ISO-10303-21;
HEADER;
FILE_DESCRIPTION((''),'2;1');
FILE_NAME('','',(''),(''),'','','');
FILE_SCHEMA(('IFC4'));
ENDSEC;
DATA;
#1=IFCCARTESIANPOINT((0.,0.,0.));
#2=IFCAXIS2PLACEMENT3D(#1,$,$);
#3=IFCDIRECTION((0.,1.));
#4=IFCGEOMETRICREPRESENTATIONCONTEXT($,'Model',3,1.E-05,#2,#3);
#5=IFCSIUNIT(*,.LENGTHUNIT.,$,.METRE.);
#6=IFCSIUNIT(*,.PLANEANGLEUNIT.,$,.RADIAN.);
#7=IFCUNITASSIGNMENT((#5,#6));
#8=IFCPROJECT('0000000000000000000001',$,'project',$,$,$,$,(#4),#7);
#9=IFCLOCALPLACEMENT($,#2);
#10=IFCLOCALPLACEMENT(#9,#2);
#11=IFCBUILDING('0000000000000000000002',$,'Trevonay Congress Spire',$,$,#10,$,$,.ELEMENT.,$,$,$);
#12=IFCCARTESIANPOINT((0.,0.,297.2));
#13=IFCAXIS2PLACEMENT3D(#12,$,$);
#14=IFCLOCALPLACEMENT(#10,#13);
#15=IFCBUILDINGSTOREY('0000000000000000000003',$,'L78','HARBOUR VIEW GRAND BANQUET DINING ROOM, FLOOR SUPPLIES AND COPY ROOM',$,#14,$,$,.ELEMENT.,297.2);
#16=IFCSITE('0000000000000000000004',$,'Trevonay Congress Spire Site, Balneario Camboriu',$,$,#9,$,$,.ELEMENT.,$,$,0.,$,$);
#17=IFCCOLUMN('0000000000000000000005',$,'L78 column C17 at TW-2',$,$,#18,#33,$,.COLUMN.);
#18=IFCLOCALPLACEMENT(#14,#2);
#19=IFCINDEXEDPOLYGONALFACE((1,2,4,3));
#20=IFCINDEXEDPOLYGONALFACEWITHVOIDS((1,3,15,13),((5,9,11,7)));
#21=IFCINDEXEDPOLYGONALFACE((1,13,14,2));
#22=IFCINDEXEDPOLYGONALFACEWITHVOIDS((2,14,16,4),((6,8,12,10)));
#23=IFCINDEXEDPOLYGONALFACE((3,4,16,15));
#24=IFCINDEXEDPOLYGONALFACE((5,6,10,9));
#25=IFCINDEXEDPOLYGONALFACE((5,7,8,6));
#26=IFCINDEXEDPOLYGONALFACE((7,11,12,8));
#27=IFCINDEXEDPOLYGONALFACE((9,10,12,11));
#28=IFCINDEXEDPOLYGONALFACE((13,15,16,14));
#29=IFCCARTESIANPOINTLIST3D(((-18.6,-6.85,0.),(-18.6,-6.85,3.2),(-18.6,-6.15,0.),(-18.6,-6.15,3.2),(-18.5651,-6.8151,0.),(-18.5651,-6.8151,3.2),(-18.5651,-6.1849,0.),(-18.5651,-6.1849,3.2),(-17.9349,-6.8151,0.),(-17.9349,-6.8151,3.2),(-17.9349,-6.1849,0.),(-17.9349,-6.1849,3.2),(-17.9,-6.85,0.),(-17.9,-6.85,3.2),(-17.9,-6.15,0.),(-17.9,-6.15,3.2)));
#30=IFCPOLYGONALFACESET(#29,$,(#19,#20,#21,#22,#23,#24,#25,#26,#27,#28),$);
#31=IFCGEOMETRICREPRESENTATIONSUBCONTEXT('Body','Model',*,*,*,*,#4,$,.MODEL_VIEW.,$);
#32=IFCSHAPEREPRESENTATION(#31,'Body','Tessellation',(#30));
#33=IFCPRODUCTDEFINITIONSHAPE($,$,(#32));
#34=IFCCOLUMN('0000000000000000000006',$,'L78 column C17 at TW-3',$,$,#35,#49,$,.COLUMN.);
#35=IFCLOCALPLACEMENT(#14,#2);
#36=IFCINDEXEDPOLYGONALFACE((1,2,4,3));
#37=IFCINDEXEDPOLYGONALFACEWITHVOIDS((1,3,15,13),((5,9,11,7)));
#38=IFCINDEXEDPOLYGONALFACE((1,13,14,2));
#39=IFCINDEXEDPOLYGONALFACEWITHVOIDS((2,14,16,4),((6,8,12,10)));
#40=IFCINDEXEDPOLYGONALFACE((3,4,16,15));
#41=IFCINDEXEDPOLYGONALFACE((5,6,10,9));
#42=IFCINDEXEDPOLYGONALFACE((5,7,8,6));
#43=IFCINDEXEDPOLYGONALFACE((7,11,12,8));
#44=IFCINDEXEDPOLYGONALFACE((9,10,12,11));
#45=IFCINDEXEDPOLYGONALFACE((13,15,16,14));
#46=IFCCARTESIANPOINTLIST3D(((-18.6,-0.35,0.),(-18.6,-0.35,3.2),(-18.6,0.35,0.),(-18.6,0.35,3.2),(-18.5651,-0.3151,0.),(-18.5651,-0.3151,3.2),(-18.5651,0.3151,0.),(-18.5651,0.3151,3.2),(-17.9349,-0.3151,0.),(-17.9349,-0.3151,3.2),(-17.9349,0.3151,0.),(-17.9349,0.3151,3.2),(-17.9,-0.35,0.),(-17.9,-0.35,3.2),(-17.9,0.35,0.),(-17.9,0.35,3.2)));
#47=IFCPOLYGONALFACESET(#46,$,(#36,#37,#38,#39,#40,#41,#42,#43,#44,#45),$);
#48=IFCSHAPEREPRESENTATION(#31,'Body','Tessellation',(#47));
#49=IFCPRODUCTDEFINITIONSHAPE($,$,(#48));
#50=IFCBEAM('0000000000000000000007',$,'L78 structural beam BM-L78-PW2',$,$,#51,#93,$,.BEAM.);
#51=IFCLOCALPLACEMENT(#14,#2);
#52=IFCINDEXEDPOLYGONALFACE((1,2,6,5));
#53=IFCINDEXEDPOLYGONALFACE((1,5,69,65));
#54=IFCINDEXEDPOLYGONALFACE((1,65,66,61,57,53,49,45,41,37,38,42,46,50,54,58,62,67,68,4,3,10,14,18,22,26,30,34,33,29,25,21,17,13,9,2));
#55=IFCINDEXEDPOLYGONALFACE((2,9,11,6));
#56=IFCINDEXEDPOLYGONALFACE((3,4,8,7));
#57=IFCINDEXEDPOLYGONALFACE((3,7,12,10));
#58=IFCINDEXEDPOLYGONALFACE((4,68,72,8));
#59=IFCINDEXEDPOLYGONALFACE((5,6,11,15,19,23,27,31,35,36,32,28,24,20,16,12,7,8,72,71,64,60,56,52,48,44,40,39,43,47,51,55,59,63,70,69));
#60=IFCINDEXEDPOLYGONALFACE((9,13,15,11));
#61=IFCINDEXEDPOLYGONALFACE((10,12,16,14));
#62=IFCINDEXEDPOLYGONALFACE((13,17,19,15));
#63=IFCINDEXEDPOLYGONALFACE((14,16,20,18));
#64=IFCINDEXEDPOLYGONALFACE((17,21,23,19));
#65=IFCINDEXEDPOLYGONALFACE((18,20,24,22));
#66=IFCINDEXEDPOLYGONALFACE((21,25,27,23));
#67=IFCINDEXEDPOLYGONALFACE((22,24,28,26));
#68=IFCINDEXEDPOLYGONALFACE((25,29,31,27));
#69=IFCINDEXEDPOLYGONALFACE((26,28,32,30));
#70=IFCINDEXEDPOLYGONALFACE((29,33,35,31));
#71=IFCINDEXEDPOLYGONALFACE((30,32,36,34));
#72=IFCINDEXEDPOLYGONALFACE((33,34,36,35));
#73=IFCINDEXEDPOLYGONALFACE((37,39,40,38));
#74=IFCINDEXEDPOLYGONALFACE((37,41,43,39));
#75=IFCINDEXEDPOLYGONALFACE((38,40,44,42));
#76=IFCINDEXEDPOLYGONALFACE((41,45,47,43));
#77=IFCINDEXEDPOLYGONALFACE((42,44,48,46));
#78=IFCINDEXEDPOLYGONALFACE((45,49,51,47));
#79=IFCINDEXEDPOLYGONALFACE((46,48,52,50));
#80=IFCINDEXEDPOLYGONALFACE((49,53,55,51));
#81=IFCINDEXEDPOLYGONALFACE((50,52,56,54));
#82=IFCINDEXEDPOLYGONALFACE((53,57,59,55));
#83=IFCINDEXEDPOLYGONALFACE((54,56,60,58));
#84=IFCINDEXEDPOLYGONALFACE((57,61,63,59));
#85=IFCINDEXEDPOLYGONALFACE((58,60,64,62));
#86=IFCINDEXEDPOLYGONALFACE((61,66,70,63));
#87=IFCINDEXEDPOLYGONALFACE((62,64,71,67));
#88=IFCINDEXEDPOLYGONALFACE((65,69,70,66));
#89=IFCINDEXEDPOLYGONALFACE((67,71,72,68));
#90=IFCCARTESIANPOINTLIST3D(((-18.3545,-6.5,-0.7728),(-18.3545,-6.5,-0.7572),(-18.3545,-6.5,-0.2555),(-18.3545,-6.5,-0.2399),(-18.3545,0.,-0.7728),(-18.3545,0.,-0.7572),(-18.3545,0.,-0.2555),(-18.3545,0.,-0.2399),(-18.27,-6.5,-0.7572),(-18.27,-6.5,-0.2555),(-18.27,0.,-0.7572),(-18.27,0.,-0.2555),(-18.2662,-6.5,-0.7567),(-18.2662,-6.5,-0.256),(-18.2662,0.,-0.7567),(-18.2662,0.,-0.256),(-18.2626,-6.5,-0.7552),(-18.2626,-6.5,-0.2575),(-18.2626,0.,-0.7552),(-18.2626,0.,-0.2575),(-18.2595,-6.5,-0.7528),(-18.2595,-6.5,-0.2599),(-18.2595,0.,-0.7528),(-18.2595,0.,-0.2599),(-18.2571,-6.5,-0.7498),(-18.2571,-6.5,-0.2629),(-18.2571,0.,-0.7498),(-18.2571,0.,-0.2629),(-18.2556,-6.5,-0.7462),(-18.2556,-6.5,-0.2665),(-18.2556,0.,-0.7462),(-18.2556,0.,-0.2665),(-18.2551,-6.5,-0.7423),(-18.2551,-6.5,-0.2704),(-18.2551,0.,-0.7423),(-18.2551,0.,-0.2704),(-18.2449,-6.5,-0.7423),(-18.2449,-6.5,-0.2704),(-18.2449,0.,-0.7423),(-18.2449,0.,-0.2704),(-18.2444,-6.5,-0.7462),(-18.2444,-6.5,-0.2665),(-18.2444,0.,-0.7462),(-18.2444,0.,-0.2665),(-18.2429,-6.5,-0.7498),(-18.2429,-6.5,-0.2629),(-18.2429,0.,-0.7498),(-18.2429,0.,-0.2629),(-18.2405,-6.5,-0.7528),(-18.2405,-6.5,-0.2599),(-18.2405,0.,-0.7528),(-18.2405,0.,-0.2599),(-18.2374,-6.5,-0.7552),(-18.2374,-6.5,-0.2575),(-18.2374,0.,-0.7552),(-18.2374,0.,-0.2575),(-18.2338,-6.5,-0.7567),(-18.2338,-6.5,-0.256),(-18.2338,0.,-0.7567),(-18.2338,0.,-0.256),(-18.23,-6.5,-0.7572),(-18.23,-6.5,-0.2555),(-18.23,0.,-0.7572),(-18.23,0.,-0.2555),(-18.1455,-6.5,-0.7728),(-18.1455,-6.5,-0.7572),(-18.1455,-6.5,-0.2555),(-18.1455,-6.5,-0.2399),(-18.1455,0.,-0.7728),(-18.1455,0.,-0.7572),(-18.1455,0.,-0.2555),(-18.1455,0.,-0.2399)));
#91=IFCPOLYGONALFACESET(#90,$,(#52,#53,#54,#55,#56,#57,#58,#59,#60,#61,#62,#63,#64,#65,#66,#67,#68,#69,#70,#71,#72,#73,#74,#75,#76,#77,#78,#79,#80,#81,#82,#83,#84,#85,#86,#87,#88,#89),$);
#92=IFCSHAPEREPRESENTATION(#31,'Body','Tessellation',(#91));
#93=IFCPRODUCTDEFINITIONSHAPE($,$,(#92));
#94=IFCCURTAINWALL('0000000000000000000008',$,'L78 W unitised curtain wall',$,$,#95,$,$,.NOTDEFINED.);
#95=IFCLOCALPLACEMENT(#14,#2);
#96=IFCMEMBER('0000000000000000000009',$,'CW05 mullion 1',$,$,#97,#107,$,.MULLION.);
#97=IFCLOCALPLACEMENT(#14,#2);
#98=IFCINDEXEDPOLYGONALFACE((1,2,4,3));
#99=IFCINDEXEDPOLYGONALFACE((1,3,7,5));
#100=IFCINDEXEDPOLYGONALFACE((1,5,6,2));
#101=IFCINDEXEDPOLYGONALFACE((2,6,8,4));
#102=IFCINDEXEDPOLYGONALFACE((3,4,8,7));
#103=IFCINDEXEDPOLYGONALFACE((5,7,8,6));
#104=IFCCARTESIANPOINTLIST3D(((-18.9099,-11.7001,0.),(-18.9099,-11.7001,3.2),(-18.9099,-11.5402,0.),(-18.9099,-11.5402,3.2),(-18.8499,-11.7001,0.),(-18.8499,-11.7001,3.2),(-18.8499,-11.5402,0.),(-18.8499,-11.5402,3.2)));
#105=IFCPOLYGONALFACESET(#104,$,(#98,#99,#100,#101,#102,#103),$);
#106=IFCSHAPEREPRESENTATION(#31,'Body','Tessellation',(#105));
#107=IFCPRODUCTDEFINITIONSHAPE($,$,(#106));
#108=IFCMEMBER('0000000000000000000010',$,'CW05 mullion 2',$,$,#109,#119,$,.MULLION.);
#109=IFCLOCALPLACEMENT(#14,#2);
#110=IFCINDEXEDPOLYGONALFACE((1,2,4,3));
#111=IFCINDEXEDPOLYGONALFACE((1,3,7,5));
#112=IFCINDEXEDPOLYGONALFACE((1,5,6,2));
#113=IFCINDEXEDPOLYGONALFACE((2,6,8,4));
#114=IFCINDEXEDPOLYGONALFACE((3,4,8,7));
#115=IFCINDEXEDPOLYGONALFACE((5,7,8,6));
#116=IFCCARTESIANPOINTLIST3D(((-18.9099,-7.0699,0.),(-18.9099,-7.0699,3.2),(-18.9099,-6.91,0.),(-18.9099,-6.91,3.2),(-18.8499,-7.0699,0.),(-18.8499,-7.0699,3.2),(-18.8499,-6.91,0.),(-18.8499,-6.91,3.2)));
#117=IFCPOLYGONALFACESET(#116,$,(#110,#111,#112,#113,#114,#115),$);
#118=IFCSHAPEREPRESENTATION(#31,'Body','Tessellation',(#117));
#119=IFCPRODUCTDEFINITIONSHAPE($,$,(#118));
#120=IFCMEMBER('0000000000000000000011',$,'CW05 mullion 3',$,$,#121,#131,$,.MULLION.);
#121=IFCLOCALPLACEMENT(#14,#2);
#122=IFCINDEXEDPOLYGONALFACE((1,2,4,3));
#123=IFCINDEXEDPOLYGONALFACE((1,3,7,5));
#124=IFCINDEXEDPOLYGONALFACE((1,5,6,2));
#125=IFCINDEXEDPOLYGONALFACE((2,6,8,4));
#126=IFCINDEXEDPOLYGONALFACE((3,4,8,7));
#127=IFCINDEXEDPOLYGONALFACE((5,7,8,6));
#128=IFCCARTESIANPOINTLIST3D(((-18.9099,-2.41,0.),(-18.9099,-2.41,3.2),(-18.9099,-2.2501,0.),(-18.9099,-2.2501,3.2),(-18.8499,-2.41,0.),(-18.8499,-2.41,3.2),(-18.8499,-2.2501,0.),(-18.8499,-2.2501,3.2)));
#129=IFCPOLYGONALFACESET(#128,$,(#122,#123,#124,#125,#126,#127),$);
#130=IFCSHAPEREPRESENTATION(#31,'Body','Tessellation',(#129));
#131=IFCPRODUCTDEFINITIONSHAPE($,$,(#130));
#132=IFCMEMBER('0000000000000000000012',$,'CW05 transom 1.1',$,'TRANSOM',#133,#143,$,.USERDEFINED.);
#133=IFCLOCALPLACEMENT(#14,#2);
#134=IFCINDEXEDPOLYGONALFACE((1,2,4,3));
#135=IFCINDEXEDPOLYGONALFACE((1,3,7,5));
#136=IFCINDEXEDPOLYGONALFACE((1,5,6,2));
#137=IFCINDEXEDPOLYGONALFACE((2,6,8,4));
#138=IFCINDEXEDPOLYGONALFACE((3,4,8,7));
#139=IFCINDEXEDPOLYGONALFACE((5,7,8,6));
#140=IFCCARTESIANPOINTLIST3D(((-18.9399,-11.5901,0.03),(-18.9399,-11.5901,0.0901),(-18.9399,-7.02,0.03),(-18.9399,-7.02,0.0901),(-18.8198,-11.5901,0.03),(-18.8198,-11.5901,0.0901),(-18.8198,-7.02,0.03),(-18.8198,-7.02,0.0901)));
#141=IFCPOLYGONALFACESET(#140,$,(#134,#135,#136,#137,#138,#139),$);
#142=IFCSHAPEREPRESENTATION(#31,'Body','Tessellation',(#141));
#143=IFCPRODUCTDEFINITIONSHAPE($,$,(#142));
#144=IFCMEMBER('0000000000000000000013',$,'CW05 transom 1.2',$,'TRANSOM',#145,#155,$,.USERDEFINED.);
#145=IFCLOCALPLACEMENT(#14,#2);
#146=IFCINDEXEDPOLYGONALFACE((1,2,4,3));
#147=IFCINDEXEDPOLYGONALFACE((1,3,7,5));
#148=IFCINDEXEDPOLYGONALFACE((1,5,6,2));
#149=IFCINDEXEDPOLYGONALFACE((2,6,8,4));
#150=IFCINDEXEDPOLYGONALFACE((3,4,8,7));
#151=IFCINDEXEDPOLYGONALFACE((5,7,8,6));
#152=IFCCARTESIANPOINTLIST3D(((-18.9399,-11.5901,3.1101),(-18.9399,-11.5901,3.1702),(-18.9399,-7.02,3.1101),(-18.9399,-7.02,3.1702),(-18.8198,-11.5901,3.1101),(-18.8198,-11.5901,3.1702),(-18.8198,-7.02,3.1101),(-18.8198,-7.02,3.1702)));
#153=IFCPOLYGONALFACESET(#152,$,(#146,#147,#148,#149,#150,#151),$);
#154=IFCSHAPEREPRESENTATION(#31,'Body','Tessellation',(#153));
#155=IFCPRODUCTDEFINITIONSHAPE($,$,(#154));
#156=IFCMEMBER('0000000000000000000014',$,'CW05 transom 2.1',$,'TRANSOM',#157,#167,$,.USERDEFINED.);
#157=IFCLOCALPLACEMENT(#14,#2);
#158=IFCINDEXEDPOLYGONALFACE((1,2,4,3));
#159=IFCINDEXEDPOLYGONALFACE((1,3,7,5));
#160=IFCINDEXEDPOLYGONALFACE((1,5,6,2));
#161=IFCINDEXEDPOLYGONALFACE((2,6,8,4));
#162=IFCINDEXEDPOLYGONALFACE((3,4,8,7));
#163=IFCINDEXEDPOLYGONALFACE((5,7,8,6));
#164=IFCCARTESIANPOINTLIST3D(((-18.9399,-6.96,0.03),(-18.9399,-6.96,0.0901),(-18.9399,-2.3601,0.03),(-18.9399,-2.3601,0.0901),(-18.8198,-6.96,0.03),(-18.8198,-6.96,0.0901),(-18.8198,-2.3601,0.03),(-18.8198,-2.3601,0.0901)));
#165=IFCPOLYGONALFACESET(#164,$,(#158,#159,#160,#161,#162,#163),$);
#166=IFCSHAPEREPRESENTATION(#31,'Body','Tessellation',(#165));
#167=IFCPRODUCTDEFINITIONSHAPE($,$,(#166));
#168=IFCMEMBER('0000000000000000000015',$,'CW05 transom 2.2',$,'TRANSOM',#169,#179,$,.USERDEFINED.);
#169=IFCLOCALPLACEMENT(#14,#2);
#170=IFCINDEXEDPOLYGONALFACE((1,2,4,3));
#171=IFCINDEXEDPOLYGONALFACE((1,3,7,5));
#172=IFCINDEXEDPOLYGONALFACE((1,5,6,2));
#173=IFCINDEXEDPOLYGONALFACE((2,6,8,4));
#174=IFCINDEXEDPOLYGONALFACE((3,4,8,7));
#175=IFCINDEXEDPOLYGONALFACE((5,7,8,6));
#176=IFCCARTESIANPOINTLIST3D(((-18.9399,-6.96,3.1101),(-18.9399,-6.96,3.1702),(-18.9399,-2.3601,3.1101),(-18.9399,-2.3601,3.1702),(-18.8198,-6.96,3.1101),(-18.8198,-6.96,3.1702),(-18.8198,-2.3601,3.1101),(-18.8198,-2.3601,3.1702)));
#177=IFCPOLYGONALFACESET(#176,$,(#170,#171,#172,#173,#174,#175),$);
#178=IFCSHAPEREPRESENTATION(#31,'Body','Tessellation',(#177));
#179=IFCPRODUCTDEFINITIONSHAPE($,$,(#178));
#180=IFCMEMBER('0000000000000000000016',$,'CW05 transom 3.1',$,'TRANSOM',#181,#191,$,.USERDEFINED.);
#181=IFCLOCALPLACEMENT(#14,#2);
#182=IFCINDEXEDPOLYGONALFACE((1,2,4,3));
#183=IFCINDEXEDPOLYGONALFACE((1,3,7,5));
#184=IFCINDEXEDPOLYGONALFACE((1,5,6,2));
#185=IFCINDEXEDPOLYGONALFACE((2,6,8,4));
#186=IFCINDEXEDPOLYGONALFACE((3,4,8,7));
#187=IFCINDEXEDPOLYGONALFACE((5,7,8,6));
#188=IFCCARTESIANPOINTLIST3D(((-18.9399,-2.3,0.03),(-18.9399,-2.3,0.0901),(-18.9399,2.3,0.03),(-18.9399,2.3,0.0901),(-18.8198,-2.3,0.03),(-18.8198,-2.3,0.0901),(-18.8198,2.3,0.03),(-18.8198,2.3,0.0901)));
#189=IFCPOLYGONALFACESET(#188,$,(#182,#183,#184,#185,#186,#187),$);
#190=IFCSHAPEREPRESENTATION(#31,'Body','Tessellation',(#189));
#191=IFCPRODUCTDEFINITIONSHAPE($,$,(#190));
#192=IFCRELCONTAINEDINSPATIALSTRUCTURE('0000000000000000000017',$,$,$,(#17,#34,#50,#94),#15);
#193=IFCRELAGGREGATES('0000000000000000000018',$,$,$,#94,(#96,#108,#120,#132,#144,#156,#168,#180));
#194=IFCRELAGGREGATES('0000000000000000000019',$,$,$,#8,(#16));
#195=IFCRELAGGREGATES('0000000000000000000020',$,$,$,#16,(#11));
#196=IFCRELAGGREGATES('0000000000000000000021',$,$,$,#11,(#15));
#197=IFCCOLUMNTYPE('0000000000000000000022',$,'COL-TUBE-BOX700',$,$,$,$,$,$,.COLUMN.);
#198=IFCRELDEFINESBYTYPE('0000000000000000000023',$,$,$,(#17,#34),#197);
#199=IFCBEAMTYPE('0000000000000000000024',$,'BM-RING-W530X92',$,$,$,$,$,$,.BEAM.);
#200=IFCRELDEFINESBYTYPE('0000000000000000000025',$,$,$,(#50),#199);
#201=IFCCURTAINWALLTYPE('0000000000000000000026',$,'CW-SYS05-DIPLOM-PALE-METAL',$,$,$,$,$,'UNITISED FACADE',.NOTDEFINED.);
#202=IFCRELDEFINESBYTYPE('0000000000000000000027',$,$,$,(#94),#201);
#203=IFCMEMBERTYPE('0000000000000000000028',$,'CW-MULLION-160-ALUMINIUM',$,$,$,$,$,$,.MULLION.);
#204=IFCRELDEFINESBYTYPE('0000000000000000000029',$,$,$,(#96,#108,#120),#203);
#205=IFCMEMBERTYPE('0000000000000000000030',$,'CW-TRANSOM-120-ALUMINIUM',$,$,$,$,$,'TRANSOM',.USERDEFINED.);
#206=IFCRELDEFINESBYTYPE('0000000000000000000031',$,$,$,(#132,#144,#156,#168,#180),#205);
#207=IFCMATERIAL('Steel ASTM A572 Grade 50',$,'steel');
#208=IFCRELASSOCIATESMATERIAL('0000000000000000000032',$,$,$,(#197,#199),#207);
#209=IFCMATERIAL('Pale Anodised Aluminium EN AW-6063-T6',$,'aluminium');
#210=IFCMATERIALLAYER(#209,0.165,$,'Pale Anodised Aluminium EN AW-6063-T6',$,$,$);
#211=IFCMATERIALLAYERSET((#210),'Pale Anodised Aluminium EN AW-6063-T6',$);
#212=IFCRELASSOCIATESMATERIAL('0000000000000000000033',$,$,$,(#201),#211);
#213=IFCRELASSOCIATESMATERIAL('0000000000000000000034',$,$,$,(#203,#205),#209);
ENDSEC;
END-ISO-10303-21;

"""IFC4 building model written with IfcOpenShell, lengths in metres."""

from ifc_helpers import new_model, si_unit, direction, frame, origin, origin_2d, place, context, subcontext, project, spatial, rectangle, hollow_rectangle, i_section, extrude, material, layer, layer_set, material_profile, profile_set, type_object, element, aggregate, save


model = new_model("IFC4")

# Units and contexts
model_context = context("Model", 3, precision=1e-05, world=origin(), true_north=direction((0.0, 1.0)))
body_context = subcontext(model_context, "Body", "Model", "MODEL_VIEW")
ifc_project = project(units=[si_unit("LENGTHUNIT", "METRE"), si_unit("PLANEANGLEUNIT", "RADIAN")], contexts=[model_context])

# Site, building, storey
site_placement = place(None, origin())
site = spatial("IfcSite", under=ifc_project, at=site_placement, Name="Trevonay Congress Spire Site, Balneario Camboriu", CompositionType="ELEMENT", RefElevation=0.0)
building_placement = place(site_placement, origin())
building = spatial("IfcBuilding", under=site, at=building_placement, Name="Trevonay Congress Spire", CompositionType="ELEMENT")
storey_placement = place(building_placement, frame((0.0, 0.0, 297.2)))
storey = spatial("IfcBuildingStorey", under=building, at=storey_placement, Name="L78", Description="HARBOUR VIEW GRAND BANQUET DINING ROOM, FLOOR SUPPLIES AND COPY ROOM", CompositionType="ELEMENT", Elevation=297.2)

# Columns
ifc_material_1 = material(Name="Steel ASTM A572 Grade 50", Category="steel")
ifc_material_profile_1 = material_profile(ifc_material_1, hollow_rectangle(XDim=0.7, YDim=0.7, WallThickness=0.0349, at=origin_2d()), Name="BOX 700x700x35")
ifc_profile_set_1 = profile_set([ifc_material_profile_1], Name="Steel ASTM A572 Grade 50")
column_type = type_object("IfcColumnType", Name="COL-TUBE-BOX700", PredefinedType="COLUMN", material=ifc_profile_set_1)
for number, where, z_axis, x_axis, name in (
    (1, (-18.25, -6.5, 0.0), (0.0, 0.0, 1.0), (1.0, 0.0, 0.0), "L78 column C17 at TW-2"),
    (2, (-18.25, 0.0, 0.0), (0.0, 0.0, 1.0), (1.0, 0.0, 0.0), "L78 column C17 at TW-3"),
):
    element("IfcColumn", number, at=place(storey_placement, frame(where, z_axis=z_axis, x_axis=x_axis)), inside=storey, type_object=column_type, Name=name, PredefinedType="COLUMN", context=body_context, shape_type="SweptSolid", body=[
        extrude(hollow_rectangle(XDim=0.7, YDim=0.7, WallThickness=0.0349, at=origin_2d()), origin(), (0.0, 0.0, 1.0), 3.2),
    ])

# Beam
ifc_material_profile_2 = material_profile(ifc_material_1, i_section(OverallWidth=0.209, OverallDepth=0.533, WebThickness=0.0103, FlangeThickness=0.0156, FilletRadius=0.0149, at=origin_2d()), Name="W530x92")
ifc_profile_set_2 = profile_set([ifc_material_profile_2], Name="Steel ASTM A572 Grade 50")
beam_type_1 = type_object("IfcBeamType", Name="BM-RING-W530X92", PredefinedType="BEAM", material=ifc_profile_set_2)
beam_1_placement = place(storey_placement, frame((-18.25, -6.5, -0.5063), z_axis=(0.0, 1.0, 0.0), x_axis=(-1.0, 0.0, 0.0)))
element("IfcBeam", 3, at=beam_1_placement, inside=storey, type_object=beam_type_1, Name="L78 structural beam BM-L78-PW2", PredefinedType="BEAM", context=body_context, shape_type="SweptSolid", body=[
    extrude(i_section(OverallWidth=0.209, OverallDepth=0.533, WebThickness=0.0103, FlangeThickness=0.0156, FilletRadius=0.0149, at=origin_2d()), origin(), (0.0, 0.0, 1.0), 6.5),
])

# Curtain wall, members
ifc_material_2 = material(Name="Pale Anodised Aluminium EN AW-6063-T6", Category="aluminium")
ifc_layer_1 = layer(ifc_material_2, 0.165, Name="Pale Anodised Aluminium EN AW-6063-T6")
ifc_layer_set_1 = layer_set([ifc_layer_1], Name="Pale Anodised Aluminium EN AW-6063-T6")
curtain_wall_type = type_object("IfcCurtainWallType", Name="CW-SYS05-DIPLOM-PALE-METAL", ElementType="UNITISED FACADE", PredefinedType="NOTDEFINED", material=ifc_layer_set_1)
curtain_wall_placement = place(storey_placement, origin())
curtain_wall = element("IfcCurtainWall", 4, at=curtain_wall_placement, inside=storey, type_object=curtain_wall_type, Name="L78 W unitised curtain wall", PredefinedType="NOTDEFINED")
ifc_material_profile_3 = material_profile(ifc_material_2, rectangle(XDim=0.0601, YDim=0.1599, at=origin_2d()), Name="CW-MULLION-160-ALUMINIUM")
ifc_profile_set_3 = profile_set([ifc_material_profile_3], Name="Pale Anodised Aluminium EN AW-6063-T6")
member_type_1 = type_object("IfcMemberType", Name="CW-MULLION-160-ALUMINIUM", PredefinedType="MULLION", material=ifc_profile_set_3)
member_1_placement = place(storey_placement, frame((-18.8799, -11.6201, 0.0), z_axis=(0.0, 0.0, 1.0), x_axis=(-1.0, 0.0, 0.0)))
member_1 = element("IfcMember", 5, at=member_1_placement, type_object=member_type_1, Name="CW05 mullion 1", PredefinedType="MULLION", context=body_context, shape_type="SweptSolid", body=[
    extrude(rectangle(XDim=0.0601, YDim=0.1599, at=origin_2d()), origin(), (0.0, 0.0, 1.0), 3.2),
])
member_2_placement = place(storey_placement, frame((-18.8799, -6.99, 0.0), z_axis=(0.0, 0.0, 1.0), x_axis=(-1.0, 0.0, 0.0)))
member_2 = element("IfcMember", 6, at=member_2_placement, type_object=member_type_1, Name="CW05 mullion 2", PredefinedType="MULLION", context=body_context, shape_type="SweptSolid", body=[
    extrude(rectangle(XDim=0.0601, YDim=0.1599, at=origin_2d()), origin(), (0.0, 0.0, 1.0), 3.2),
])
member_3_placement = place(storey_placement, frame((-18.8799, -2.3301, 0.0), z_axis=(0.0, 0.0, 1.0), x_axis=(-1.0, 0.0, 0.0)))
member_3 = element("IfcMember", 7, at=member_3_placement, type_object=member_type_1, Name="CW05 mullion 3", PredefinedType="MULLION", context=body_context, shape_type="SweptSolid", body=[
    extrude(rectangle(XDim=0.0601, YDim=0.1599, at=origin_2d()), origin(), (0.0, 0.0, 1.0), 3.2),
])
ifc_material_profile_4 = material_profile(ifc_material_2, rectangle(XDim=0.1201, YDim=0.0601, at=origin_2d()), Name="CW-TRANSOM-120-ALUMINIUM")
ifc_profile_set_4 = profile_set([ifc_material_profile_4], Name="Pale Anodised Aluminium EN AW-6063-T6")
member_type_2 = type_object("IfcMemberType", Name="CW-TRANSOM-120-ALUMINIUM", ElementType="TRANSOM", PredefinedType="USERDEFINED", material=ifc_profile_set_4)
member_4_placement = place(storey_placement, frame((-18.8799, -11.5901, 0.0601), z_axis=(0.0, 1.0, 0.0), x_axis=(-1.0, 0.0, 0.0)))
member_4 = element("IfcMember", 8, at=member_4_placement, type_object=member_type_2, Name="CW05 transom 1.1", ObjectType="TRANSOM", PredefinedType="USERDEFINED", context=body_context, shape_type="SweptSolid", body=[
    extrude(rectangle(XDim=0.1201, YDim=0.0601, at=origin_2d()), origin(), (0.0, 0.0, 1.0), 4.5701),
])
member_5_placement = place(storey_placement, frame((-18.8799, -11.5901, 3.1401), z_axis=(0.0, 1.0, 0.0), x_axis=(-1.0, 0.0, 0.0)))
member_5 = element("IfcMember", 9, at=member_5_placement, type_object=member_type_2, Name="CW05 transom 1.2", ObjectType="TRANSOM", PredefinedType="USERDEFINED", context=body_context, shape_type="SweptSolid", body=[
    extrude(rectangle(XDim=0.1201, YDim=0.0601, at=origin_2d()), origin(), (0.0, 0.0, 1.0), 4.5701),
])
member_6_placement = place(storey_placement, frame((-18.8799, -6.96, 0.0601), z_axis=(0.0, 1.0, 0.0), x_axis=(-1.0, 0.0, 0.0)))
member_6 = element("IfcMember", 10, at=member_6_placement, type_object=member_type_2, Name="CW05 transom 2.1", ObjectType="TRANSOM", PredefinedType="USERDEFINED", context=body_context, shape_type="SweptSolid", body=[
    extrude(rectangle(XDim=0.1201, YDim=0.0601, at=origin_2d()), origin(), (0.0, 0.0, 1.0), 4.5999),
])
member_7_placement = place(storey_placement, frame((-18.8799, -6.96, 3.1401), z_axis=(0.0, 1.0, 0.0), x_axis=(-1.0, 0.0, 0.0)))
member_7 = element("IfcMember", 11, at=member_7_placement, type_object=member_type_2, Name="CW05 transom 2.2", ObjectType="TRANSOM", PredefinedType="USERDEFINED", context=body_context, shape_type="SweptSolid", body=[
    extrude(rectangle(XDim=0.1201, YDim=0.0601, at=origin_2d()), origin(), (0.0, 0.0, 1.0), 4.5999),
])
member_8_placement = place(storey_placement, frame((-18.8799, -2.3, 0.0601), z_axis=(0.0, 1.0, 0.0), x_axis=(-1.0, 0.0, 0.0)))
member_8 = element("IfcMember", 12, at=member_8_placement, type_object=member_type_2, Name="CW05 transom 3.1", ObjectType="TRANSOM", PredefinedType="USERDEFINED", context=body_context, shape_type="SweptSolid", body=[
    extrude(rectangle(XDim=0.1201, YDim=0.0601, at=origin_2d()), origin(), (0.0, 0.0, 1.0), 4.6001),
])

aggregate(curtain_wall, [member_1, member_2, member_3, member_4, member_5, member_6, member_7, member_8])

save(model, "model.ifc")
